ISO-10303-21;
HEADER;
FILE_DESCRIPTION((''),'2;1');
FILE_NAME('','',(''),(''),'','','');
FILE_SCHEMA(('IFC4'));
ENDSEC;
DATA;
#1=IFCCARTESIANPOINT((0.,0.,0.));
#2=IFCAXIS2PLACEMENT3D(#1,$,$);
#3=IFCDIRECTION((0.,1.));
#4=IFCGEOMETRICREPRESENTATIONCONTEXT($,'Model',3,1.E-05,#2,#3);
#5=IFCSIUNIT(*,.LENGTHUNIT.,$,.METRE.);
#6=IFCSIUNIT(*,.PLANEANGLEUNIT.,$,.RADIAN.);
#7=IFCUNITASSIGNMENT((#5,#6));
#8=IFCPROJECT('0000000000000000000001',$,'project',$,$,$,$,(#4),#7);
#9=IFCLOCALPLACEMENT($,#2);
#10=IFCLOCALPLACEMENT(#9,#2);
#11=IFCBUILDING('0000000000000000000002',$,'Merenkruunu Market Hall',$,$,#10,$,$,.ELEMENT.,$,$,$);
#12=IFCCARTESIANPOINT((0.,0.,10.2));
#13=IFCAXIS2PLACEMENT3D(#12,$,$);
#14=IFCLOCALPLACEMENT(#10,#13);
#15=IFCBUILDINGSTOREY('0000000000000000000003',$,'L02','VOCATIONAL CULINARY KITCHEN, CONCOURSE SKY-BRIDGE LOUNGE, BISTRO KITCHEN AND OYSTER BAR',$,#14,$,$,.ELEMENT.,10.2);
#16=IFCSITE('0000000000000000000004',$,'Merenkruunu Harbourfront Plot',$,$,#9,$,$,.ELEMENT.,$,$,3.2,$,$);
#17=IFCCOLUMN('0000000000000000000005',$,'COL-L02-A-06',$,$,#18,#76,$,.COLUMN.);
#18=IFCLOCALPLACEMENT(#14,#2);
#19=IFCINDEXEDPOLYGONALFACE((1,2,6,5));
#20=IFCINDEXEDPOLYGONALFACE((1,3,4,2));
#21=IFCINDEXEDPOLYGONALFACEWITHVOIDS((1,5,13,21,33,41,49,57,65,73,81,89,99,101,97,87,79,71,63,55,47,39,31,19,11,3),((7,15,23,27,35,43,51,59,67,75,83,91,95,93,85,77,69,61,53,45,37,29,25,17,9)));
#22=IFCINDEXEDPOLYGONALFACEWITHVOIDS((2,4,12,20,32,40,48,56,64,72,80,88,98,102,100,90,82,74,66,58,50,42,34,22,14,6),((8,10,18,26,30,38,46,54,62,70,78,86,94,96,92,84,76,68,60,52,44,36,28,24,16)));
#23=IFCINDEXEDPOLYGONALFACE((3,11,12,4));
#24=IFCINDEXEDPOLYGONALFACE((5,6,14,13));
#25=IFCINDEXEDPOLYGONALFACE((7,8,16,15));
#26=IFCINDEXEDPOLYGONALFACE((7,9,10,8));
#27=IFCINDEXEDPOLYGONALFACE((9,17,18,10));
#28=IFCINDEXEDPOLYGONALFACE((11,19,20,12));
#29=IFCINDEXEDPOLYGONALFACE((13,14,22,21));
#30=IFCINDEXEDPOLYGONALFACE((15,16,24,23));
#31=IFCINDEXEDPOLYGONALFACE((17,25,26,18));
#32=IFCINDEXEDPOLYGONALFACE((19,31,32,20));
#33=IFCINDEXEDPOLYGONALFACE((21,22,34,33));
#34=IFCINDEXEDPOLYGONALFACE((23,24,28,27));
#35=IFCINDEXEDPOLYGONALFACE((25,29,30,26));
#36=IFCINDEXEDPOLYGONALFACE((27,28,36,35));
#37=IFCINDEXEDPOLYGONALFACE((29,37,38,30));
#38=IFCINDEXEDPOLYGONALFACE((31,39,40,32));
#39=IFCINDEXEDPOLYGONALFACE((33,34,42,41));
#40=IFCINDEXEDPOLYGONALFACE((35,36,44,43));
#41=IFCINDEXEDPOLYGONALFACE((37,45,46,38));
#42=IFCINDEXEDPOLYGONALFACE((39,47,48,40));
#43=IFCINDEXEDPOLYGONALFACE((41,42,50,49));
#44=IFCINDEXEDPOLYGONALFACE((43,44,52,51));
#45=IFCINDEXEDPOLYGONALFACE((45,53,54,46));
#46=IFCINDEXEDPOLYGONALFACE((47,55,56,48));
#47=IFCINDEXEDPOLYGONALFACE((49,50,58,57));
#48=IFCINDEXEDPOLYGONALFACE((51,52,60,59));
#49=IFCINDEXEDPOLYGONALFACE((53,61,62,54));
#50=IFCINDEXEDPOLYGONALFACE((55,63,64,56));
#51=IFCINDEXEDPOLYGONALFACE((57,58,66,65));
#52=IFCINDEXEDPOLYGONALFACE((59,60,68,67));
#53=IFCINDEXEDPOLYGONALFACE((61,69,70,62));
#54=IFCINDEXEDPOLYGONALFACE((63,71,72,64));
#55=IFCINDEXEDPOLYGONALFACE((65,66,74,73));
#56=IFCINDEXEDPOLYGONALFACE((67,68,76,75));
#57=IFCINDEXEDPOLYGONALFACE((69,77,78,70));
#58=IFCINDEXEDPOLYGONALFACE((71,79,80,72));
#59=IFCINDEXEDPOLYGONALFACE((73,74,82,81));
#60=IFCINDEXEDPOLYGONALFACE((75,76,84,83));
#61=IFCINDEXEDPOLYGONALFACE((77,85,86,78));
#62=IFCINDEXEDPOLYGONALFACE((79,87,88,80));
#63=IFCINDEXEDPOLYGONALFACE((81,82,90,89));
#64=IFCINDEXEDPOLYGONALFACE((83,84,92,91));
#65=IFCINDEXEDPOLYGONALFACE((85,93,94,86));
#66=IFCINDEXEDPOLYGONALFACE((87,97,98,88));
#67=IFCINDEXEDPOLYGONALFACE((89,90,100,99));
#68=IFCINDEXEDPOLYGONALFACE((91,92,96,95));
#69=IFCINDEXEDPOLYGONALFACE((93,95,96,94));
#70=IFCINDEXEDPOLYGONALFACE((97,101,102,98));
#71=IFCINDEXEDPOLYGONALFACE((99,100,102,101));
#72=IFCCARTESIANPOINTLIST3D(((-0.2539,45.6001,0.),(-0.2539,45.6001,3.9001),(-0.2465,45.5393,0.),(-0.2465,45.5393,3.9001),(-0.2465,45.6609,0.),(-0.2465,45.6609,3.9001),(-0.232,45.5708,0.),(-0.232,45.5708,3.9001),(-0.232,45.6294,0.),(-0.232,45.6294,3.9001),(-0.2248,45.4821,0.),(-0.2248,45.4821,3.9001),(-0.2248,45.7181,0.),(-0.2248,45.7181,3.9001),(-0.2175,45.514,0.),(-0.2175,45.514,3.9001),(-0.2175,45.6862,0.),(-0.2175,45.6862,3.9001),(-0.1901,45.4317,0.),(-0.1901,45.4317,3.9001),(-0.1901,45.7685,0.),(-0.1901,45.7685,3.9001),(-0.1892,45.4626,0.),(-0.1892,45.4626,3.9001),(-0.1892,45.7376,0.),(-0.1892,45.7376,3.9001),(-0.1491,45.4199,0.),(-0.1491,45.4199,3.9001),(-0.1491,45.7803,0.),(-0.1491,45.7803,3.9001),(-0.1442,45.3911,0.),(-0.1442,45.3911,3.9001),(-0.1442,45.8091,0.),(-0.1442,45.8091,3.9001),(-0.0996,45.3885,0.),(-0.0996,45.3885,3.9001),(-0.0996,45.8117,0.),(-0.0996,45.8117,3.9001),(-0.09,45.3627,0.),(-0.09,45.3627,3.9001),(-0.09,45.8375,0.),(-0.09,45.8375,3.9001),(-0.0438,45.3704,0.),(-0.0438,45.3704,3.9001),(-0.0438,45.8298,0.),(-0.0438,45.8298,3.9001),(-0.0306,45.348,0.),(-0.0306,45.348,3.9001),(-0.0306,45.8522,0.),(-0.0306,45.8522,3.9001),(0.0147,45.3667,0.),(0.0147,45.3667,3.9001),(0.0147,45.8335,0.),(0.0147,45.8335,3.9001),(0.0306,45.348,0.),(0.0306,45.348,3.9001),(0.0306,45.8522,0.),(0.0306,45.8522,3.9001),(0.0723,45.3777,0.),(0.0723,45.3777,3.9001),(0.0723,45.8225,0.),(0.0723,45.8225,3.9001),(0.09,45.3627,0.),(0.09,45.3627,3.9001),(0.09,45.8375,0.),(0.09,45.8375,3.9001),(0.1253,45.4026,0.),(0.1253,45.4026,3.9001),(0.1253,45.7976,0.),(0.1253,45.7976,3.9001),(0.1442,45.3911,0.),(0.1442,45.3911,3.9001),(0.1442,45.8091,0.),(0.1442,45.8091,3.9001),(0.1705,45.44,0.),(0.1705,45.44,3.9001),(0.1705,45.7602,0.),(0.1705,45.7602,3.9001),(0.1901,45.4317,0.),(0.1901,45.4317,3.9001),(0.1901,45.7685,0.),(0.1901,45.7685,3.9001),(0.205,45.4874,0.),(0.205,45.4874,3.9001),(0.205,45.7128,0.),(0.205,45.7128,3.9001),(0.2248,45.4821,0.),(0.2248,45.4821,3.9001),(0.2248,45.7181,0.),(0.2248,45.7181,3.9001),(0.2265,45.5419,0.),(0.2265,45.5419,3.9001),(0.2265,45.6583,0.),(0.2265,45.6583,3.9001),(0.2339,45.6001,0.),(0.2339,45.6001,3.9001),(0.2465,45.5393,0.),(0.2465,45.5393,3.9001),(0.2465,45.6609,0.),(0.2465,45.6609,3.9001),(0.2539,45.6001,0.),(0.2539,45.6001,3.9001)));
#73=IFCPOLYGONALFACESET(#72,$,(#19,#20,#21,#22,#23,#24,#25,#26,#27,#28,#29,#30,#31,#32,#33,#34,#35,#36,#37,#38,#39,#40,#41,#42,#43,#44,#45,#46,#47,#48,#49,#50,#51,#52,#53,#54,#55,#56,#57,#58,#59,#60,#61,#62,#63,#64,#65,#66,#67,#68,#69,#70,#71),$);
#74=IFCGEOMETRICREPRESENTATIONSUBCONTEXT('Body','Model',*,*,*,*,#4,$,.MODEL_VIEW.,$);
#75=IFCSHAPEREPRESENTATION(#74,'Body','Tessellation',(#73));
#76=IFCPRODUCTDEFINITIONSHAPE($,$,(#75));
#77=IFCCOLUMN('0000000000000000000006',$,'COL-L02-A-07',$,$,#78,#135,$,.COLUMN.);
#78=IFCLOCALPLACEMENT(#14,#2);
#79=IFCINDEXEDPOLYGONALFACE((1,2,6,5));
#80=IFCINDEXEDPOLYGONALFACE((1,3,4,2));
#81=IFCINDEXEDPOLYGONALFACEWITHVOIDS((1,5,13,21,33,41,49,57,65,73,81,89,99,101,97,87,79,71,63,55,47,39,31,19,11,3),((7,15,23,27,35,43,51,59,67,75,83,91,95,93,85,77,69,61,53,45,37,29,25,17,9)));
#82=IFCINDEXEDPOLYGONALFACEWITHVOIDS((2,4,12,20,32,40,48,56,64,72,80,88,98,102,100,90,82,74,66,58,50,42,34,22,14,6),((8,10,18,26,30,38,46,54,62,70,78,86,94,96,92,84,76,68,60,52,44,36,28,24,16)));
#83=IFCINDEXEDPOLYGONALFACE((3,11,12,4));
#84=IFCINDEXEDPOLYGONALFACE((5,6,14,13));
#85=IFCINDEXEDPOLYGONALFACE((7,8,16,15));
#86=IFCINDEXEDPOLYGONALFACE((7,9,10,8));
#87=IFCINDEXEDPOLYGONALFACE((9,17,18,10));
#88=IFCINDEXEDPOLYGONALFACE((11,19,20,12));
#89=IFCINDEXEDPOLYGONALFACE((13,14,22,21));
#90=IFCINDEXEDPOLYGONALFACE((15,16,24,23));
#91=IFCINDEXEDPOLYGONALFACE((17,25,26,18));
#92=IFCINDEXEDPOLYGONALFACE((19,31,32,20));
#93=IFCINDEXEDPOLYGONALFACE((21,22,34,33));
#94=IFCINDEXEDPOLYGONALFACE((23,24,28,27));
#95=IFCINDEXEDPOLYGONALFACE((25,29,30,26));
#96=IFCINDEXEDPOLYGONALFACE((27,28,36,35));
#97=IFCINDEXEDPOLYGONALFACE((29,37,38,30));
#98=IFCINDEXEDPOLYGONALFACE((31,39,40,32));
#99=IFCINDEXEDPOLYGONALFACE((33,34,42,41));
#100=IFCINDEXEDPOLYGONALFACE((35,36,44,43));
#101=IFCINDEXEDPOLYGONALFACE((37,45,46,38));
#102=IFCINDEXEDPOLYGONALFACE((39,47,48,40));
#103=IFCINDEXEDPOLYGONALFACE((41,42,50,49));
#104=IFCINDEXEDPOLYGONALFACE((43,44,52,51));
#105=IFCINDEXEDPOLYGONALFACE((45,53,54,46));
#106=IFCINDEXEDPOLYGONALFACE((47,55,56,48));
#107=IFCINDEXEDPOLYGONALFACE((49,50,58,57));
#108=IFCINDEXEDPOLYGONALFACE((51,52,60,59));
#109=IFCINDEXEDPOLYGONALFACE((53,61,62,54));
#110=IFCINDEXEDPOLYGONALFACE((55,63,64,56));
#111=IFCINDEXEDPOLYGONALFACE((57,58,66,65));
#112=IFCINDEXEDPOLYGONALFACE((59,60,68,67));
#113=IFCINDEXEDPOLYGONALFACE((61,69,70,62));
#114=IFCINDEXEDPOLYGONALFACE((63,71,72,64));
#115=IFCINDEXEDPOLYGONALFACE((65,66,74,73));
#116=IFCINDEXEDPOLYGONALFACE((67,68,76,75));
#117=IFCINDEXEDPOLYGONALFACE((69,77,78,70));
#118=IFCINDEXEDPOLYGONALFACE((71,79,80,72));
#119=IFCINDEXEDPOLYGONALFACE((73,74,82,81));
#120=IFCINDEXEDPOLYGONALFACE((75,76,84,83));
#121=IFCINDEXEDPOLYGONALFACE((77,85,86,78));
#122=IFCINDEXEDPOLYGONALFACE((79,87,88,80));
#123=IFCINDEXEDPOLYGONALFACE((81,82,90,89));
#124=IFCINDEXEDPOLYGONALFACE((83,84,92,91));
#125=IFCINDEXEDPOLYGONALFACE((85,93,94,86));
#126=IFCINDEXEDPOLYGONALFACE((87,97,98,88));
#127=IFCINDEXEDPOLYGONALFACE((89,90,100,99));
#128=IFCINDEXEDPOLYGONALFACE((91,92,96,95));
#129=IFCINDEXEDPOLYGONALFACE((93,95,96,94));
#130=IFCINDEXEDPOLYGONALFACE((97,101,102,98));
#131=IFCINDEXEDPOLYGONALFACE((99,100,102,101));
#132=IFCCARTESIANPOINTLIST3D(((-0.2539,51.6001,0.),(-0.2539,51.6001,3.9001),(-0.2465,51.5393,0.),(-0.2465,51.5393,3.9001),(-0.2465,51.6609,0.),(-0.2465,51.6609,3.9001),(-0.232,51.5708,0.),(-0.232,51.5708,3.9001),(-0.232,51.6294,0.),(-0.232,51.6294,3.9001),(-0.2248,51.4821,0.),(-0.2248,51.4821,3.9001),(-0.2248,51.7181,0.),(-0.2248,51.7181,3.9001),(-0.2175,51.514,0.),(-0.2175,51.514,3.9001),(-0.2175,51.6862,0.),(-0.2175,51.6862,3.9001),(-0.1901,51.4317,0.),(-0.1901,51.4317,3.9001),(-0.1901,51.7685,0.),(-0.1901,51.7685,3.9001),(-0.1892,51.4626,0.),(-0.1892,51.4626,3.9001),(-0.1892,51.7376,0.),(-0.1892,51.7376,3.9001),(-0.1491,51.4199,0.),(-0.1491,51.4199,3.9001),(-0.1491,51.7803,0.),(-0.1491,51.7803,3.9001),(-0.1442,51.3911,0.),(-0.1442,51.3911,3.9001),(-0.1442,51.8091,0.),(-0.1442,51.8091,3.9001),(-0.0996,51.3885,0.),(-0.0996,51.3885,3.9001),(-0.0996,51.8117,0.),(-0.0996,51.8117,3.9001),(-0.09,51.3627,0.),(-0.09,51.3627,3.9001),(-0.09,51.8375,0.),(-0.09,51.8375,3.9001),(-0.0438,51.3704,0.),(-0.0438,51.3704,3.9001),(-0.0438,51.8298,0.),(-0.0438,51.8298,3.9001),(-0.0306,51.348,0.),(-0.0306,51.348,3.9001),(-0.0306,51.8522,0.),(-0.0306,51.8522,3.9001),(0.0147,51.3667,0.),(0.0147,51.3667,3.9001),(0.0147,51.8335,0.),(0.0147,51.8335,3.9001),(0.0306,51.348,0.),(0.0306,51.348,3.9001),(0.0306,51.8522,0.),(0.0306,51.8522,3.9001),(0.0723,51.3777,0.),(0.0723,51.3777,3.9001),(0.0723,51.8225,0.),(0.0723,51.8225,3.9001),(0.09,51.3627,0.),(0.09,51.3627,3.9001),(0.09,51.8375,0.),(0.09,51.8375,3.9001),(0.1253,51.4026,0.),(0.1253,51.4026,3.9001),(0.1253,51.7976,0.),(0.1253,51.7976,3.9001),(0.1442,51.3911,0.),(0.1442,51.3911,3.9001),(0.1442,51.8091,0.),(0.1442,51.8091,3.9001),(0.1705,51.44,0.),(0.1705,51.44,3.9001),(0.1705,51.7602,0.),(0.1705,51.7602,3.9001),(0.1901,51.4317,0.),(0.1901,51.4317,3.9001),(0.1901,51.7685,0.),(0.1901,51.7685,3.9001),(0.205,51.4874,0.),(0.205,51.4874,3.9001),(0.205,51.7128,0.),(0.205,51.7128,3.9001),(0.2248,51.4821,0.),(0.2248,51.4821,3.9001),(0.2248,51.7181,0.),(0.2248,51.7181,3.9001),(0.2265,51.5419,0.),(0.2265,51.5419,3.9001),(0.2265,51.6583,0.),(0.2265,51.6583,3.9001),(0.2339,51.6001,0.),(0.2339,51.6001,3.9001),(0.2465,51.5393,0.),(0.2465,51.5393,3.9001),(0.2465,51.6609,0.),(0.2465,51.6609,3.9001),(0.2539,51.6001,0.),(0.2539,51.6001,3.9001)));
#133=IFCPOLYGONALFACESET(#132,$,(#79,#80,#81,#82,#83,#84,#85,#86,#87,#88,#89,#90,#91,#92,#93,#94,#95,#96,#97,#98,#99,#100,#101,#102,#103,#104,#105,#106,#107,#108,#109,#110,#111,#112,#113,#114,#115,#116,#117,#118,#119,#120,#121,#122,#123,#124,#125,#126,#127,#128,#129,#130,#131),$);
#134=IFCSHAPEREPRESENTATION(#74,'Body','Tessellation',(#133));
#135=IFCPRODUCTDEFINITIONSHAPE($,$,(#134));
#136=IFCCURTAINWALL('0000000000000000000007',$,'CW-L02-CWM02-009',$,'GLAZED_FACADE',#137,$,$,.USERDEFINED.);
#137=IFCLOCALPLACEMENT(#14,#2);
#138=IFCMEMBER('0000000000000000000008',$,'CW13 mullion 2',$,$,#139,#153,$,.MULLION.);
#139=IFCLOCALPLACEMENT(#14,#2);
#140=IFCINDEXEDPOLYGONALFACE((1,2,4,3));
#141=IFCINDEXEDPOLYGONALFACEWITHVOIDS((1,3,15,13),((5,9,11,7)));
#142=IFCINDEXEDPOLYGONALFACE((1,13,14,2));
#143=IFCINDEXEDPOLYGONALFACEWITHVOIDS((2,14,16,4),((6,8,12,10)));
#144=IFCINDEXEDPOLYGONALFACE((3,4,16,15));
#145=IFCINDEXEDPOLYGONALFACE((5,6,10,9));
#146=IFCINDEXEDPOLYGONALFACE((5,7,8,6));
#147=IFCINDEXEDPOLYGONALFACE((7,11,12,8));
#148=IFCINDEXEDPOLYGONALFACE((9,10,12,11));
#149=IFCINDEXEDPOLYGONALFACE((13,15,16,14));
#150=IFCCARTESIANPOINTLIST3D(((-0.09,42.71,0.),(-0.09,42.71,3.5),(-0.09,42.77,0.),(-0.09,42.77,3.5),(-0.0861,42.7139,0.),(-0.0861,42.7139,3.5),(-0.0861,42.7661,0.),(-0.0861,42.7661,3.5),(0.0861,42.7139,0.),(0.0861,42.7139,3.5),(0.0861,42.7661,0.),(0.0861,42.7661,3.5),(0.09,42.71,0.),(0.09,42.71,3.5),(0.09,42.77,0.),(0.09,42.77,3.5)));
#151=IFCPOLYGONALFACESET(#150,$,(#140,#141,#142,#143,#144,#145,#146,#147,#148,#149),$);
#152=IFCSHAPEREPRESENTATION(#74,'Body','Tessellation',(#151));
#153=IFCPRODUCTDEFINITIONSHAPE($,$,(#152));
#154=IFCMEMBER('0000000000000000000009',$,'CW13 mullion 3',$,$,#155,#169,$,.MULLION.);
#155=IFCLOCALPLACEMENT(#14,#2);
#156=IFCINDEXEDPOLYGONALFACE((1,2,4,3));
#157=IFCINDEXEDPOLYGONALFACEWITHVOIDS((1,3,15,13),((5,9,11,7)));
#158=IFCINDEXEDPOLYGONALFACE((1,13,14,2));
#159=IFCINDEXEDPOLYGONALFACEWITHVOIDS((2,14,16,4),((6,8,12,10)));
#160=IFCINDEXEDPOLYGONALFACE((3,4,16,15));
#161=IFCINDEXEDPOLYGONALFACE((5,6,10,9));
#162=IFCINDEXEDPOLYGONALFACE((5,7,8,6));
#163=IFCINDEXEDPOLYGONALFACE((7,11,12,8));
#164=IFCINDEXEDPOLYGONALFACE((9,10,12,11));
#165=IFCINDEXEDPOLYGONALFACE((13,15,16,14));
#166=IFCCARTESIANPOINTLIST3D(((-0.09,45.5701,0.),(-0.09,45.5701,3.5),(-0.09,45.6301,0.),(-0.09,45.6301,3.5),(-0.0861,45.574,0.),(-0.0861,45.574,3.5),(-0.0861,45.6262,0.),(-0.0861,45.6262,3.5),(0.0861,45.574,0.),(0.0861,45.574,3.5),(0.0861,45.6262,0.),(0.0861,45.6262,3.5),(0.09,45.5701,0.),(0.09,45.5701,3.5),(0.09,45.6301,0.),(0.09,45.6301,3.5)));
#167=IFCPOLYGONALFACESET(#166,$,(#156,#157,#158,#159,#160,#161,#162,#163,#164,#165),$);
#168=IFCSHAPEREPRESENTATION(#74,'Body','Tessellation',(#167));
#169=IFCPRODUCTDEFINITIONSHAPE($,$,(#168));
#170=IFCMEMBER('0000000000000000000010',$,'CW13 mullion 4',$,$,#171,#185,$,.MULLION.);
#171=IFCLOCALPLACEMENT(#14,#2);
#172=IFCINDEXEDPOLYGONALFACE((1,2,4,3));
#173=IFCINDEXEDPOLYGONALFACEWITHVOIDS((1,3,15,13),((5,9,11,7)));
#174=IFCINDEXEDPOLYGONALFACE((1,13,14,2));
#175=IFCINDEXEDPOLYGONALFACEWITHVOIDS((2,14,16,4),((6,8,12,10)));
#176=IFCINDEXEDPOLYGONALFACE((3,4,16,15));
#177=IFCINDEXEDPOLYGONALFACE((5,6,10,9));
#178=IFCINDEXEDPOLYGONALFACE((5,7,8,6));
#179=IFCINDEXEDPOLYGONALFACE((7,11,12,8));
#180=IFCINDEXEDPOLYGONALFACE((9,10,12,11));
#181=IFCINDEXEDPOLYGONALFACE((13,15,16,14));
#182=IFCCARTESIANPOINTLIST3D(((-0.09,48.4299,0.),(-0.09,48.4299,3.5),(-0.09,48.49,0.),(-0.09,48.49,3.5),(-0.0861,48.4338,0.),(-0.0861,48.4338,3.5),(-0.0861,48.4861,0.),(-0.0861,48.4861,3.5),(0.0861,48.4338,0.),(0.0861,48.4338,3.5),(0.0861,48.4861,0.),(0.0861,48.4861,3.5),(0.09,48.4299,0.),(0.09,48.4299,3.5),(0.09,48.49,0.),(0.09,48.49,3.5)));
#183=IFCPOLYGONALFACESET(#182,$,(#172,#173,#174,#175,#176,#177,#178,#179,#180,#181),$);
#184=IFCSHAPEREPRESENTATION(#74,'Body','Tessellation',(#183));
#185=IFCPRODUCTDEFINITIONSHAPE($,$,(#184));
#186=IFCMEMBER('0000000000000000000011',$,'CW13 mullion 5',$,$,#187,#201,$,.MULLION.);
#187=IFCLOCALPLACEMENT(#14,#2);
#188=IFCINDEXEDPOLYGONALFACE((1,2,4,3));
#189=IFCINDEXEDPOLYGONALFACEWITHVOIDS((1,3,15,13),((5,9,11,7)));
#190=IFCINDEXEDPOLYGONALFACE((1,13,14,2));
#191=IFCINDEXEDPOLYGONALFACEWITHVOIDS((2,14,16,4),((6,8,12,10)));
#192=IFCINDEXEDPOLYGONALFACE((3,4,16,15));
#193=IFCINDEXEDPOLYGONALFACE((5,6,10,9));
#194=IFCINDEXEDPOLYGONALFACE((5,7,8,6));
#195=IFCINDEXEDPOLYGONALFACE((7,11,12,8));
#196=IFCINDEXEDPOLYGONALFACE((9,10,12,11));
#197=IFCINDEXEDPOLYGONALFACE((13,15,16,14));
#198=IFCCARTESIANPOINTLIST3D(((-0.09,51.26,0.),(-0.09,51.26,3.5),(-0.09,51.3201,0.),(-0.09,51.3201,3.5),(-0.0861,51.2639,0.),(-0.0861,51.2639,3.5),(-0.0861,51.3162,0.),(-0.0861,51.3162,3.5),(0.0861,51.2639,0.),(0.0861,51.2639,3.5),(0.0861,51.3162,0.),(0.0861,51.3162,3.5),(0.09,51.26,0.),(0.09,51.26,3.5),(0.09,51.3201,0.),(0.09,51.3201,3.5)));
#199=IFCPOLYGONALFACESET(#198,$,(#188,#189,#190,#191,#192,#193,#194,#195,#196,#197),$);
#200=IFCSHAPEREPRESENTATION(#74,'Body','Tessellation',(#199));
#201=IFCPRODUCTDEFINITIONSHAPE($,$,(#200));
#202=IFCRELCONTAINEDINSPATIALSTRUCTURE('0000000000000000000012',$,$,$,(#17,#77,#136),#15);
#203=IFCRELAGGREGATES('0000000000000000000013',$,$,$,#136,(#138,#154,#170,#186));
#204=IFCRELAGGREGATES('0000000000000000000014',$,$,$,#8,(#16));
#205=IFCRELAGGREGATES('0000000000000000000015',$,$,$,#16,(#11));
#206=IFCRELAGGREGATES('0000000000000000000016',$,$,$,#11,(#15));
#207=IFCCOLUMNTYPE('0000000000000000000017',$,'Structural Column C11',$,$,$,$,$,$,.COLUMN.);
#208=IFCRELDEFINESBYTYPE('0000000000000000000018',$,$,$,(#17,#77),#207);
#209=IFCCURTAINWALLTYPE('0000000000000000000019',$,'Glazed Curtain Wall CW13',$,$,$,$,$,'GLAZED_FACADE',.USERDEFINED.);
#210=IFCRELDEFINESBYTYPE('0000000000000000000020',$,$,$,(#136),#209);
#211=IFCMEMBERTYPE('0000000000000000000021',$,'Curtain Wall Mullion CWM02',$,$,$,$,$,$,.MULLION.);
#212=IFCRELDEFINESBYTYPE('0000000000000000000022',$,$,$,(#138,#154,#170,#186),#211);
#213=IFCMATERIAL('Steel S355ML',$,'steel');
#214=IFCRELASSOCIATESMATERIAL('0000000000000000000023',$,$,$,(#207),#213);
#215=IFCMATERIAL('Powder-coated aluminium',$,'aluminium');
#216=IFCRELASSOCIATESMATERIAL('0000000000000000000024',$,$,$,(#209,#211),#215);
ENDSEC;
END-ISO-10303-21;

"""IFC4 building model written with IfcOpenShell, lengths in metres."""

from ifc_helpers import new_model, si_unit, direction, frame, origin, origin_2d, place, context, subcontext, project, spatial, hollow_rectangle, hollow_circle, extrude, material, material_profile, profile_set, type_object, element, aggregate, save


model = new_model("IFC4")

# Units and contexts
model_context = context("Model", 3, precision=1e-05, world=origin(), true_north=direction((0.0, 1.0)))
body_context = subcontext(model_context, "Body", "Model", "MODEL_VIEW")
ifc_project = project(units=[si_unit("LENGTHUNIT", "METRE"), si_unit("PLANEANGLEUNIT", "RADIAN")], contexts=[model_context])

# Site, building, storey
site_placement = place(None, origin())
site = spatial("IfcSite", under=ifc_project, at=site_placement, Name="Merenkruunu Harbourfront Plot", CompositionType="ELEMENT", RefElevation=3.2)
building_placement = place(site_placement, origin())
building = spatial("IfcBuilding", under=site, at=building_placement, Name="Merenkruunu Market Hall", CompositionType="ELEMENT")
storey_placement = place(building_placement, frame((0.0, 0.0, 10.2)))
storey = spatial("IfcBuildingStorey", under=building, at=storey_placement, Name="L02", Description="VOCATIONAL CULINARY KITCHEN, CONCOURSE SKY-BRIDGE LOUNGE, BISTRO KITCHEN AND OYSTER BAR", CompositionType="ELEMENT", Elevation=10.2)

# Columns
ifc_material_1 = material(Name="Steel S355ML", Category="steel")
ifc_material_profile_1 = material_profile(ifc_material_1, hollow_circle(Radius=0.2539, WallThickness=0.02, at=origin_2d()), Name="CHS 508x20")
ifc_profile_set_1 = profile_set([ifc_material_profile_1], Name="Steel S355ML")
column_type = type_object("IfcColumnType", Name="Structural Column C11", PredefinedType="COLUMN", material=ifc_profile_set_1)
for number, where, z_axis, x_axis, name in (
    (1, (0.0, 45.6001, 0.0), (0.0, 0.0, 1.0), (1.0, 0.0, 0.0), "COL-L02-A-06"),
    (2, (0.0, 51.6001, 0.0), (0.0, 0.0, 1.0), (1.0, 0.0, 0.0), "COL-L02-A-07"),
):
    element("IfcColumn", number, at=place(storey_placement, frame(where, z_axis=z_axis, x_axis=x_axis)), inside=storey, type_object=column_type, Name=name, PredefinedType="COLUMN", context=body_context, shape_type="SweptSolid", body=[
        extrude(hollow_circle(Radius=0.2539, WallThickness=0.02, at=origin_2d()), origin(), (0.0, 0.0, 1.0), 3.9001),
    ])

# Curtain wall, members
ifc_material_2 = material(Name="Powder-coated aluminium", Category="aluminium")
curtain_wall_type = type_object("IfcCurtainWallType", Name="Glazed Curtain Wall CW13", ElementType="GLAZED_FACADE", PredefinedType="USERDEFINED", material=ifc_material_2)
curtain_wall_placement = place(storey_placement, origin())
curtain_wall = element("IfcCurtainWall", 3, at=curtain_wall_placement, inside=storey, type_object=curtain_wall_type, Name="CW-L02-CWM02-009", ObjectType="GLAZED_FACADE", PredefinedType="USERDEFINED")
ifc_material_profile_2 = material_profile(ifc_material_2, hollow_rectangle(XDim=0.0601, YDim=0.1799, WallThickness=0.0039, at=origin_2d()), Name="ALU 60x180x4")
ifc_profile_set_2 = profile_set([ifc_material_profile_2], Name="Powder-coated aluminium")
member_type_1 = type_object("IfcMemberType", Name="Curtain Wall Mullion CWM02", PredefinedType="MULLION", material=ifc_profile_set_2)
member_1_placement = place(storey_placement, frame((0.0, 42.74, 0.0), z_axis=(0.0, 0.0, 1.0), x_axis=(0.0, 1.0, 0.0)))
member_1 = element("IfcMember", 4, at=member_1_placement, type_object=member_type_1, Name="CW13 mullion 2", PredefinedType="MULLION", context=body_context, shape_type="SweptSolid", body=[
    extrude(hollow_rectangle(XDim=0.0601, YDim=0.1799, WallThickness=0.0039, at=origin_2d()), origin(), (0.0, 0.0, 1.0), 3.5),
])
member_2_placement = place(storey_placement, frame((0.0, 45.6001, 0.0), z_axis=(0.0, 0.0, 1.0), x_axis=(0.0, 1.0, 0.0)))
member_2 = element("IfcMember", 5, at=member_2_placement, type_object=member_type_1, Name="CW13 mullion 3", PredefinedType="MULLION", context=body_context, shape_type="SweptSolid", body=[
    extrude(hollow_rectangle(XDim=0.0601, YDim=0.1799, WallThickness=0.0039, at=origin_2d()), origin(), (0.0, 0.0, 1.0), 3.5),
])
member_3_placement = place(storey_placement, frame((0.0, 48.46, 0.0), z_axis=(0.0, 0.0, 1.0), x_axis=(0.0, 1.0, 0.0)))
member_3 = element("IfcMember", 6, at=member_3_placement, type_object=member_type_1, Name="CW13 mullion 4", PredefinedType="MULLION", context=body_context, shape_type="SweptSolid", body=[
    extrude(hollow_rectangle(XDim=0.0601, YDim=0.1799, WallThickness=0.0039, at=origin_2d()), origin(), (0.0, 0.0, 1.0), 3.5),
])
member_4_placement = place(storey_placement, frame((0.0, 51.29, 0.0), z_axis=(0.0, 0.0, 1.0), x_axis=(0.0, 1.0, 0.0)))
member_4 = element("IfcMember", 7, at=member_4_placement, type_object=member_type_1, Name="CW13 mullion 5", PredefinedType="MULLION", context=body_context, shape_type="SweptSolid", body=[
    extrude(hollow_rectangle(XDim=0.0601, YDim=0.1799, WallThickness=0.0039, at=origin_2d()), origin(), (0.0, 0.0, 1.0), 3.5),
])

aggregate(curtain_wall, [member_1, member_2, member_3, member_4])

save(model, "model.ifc")
